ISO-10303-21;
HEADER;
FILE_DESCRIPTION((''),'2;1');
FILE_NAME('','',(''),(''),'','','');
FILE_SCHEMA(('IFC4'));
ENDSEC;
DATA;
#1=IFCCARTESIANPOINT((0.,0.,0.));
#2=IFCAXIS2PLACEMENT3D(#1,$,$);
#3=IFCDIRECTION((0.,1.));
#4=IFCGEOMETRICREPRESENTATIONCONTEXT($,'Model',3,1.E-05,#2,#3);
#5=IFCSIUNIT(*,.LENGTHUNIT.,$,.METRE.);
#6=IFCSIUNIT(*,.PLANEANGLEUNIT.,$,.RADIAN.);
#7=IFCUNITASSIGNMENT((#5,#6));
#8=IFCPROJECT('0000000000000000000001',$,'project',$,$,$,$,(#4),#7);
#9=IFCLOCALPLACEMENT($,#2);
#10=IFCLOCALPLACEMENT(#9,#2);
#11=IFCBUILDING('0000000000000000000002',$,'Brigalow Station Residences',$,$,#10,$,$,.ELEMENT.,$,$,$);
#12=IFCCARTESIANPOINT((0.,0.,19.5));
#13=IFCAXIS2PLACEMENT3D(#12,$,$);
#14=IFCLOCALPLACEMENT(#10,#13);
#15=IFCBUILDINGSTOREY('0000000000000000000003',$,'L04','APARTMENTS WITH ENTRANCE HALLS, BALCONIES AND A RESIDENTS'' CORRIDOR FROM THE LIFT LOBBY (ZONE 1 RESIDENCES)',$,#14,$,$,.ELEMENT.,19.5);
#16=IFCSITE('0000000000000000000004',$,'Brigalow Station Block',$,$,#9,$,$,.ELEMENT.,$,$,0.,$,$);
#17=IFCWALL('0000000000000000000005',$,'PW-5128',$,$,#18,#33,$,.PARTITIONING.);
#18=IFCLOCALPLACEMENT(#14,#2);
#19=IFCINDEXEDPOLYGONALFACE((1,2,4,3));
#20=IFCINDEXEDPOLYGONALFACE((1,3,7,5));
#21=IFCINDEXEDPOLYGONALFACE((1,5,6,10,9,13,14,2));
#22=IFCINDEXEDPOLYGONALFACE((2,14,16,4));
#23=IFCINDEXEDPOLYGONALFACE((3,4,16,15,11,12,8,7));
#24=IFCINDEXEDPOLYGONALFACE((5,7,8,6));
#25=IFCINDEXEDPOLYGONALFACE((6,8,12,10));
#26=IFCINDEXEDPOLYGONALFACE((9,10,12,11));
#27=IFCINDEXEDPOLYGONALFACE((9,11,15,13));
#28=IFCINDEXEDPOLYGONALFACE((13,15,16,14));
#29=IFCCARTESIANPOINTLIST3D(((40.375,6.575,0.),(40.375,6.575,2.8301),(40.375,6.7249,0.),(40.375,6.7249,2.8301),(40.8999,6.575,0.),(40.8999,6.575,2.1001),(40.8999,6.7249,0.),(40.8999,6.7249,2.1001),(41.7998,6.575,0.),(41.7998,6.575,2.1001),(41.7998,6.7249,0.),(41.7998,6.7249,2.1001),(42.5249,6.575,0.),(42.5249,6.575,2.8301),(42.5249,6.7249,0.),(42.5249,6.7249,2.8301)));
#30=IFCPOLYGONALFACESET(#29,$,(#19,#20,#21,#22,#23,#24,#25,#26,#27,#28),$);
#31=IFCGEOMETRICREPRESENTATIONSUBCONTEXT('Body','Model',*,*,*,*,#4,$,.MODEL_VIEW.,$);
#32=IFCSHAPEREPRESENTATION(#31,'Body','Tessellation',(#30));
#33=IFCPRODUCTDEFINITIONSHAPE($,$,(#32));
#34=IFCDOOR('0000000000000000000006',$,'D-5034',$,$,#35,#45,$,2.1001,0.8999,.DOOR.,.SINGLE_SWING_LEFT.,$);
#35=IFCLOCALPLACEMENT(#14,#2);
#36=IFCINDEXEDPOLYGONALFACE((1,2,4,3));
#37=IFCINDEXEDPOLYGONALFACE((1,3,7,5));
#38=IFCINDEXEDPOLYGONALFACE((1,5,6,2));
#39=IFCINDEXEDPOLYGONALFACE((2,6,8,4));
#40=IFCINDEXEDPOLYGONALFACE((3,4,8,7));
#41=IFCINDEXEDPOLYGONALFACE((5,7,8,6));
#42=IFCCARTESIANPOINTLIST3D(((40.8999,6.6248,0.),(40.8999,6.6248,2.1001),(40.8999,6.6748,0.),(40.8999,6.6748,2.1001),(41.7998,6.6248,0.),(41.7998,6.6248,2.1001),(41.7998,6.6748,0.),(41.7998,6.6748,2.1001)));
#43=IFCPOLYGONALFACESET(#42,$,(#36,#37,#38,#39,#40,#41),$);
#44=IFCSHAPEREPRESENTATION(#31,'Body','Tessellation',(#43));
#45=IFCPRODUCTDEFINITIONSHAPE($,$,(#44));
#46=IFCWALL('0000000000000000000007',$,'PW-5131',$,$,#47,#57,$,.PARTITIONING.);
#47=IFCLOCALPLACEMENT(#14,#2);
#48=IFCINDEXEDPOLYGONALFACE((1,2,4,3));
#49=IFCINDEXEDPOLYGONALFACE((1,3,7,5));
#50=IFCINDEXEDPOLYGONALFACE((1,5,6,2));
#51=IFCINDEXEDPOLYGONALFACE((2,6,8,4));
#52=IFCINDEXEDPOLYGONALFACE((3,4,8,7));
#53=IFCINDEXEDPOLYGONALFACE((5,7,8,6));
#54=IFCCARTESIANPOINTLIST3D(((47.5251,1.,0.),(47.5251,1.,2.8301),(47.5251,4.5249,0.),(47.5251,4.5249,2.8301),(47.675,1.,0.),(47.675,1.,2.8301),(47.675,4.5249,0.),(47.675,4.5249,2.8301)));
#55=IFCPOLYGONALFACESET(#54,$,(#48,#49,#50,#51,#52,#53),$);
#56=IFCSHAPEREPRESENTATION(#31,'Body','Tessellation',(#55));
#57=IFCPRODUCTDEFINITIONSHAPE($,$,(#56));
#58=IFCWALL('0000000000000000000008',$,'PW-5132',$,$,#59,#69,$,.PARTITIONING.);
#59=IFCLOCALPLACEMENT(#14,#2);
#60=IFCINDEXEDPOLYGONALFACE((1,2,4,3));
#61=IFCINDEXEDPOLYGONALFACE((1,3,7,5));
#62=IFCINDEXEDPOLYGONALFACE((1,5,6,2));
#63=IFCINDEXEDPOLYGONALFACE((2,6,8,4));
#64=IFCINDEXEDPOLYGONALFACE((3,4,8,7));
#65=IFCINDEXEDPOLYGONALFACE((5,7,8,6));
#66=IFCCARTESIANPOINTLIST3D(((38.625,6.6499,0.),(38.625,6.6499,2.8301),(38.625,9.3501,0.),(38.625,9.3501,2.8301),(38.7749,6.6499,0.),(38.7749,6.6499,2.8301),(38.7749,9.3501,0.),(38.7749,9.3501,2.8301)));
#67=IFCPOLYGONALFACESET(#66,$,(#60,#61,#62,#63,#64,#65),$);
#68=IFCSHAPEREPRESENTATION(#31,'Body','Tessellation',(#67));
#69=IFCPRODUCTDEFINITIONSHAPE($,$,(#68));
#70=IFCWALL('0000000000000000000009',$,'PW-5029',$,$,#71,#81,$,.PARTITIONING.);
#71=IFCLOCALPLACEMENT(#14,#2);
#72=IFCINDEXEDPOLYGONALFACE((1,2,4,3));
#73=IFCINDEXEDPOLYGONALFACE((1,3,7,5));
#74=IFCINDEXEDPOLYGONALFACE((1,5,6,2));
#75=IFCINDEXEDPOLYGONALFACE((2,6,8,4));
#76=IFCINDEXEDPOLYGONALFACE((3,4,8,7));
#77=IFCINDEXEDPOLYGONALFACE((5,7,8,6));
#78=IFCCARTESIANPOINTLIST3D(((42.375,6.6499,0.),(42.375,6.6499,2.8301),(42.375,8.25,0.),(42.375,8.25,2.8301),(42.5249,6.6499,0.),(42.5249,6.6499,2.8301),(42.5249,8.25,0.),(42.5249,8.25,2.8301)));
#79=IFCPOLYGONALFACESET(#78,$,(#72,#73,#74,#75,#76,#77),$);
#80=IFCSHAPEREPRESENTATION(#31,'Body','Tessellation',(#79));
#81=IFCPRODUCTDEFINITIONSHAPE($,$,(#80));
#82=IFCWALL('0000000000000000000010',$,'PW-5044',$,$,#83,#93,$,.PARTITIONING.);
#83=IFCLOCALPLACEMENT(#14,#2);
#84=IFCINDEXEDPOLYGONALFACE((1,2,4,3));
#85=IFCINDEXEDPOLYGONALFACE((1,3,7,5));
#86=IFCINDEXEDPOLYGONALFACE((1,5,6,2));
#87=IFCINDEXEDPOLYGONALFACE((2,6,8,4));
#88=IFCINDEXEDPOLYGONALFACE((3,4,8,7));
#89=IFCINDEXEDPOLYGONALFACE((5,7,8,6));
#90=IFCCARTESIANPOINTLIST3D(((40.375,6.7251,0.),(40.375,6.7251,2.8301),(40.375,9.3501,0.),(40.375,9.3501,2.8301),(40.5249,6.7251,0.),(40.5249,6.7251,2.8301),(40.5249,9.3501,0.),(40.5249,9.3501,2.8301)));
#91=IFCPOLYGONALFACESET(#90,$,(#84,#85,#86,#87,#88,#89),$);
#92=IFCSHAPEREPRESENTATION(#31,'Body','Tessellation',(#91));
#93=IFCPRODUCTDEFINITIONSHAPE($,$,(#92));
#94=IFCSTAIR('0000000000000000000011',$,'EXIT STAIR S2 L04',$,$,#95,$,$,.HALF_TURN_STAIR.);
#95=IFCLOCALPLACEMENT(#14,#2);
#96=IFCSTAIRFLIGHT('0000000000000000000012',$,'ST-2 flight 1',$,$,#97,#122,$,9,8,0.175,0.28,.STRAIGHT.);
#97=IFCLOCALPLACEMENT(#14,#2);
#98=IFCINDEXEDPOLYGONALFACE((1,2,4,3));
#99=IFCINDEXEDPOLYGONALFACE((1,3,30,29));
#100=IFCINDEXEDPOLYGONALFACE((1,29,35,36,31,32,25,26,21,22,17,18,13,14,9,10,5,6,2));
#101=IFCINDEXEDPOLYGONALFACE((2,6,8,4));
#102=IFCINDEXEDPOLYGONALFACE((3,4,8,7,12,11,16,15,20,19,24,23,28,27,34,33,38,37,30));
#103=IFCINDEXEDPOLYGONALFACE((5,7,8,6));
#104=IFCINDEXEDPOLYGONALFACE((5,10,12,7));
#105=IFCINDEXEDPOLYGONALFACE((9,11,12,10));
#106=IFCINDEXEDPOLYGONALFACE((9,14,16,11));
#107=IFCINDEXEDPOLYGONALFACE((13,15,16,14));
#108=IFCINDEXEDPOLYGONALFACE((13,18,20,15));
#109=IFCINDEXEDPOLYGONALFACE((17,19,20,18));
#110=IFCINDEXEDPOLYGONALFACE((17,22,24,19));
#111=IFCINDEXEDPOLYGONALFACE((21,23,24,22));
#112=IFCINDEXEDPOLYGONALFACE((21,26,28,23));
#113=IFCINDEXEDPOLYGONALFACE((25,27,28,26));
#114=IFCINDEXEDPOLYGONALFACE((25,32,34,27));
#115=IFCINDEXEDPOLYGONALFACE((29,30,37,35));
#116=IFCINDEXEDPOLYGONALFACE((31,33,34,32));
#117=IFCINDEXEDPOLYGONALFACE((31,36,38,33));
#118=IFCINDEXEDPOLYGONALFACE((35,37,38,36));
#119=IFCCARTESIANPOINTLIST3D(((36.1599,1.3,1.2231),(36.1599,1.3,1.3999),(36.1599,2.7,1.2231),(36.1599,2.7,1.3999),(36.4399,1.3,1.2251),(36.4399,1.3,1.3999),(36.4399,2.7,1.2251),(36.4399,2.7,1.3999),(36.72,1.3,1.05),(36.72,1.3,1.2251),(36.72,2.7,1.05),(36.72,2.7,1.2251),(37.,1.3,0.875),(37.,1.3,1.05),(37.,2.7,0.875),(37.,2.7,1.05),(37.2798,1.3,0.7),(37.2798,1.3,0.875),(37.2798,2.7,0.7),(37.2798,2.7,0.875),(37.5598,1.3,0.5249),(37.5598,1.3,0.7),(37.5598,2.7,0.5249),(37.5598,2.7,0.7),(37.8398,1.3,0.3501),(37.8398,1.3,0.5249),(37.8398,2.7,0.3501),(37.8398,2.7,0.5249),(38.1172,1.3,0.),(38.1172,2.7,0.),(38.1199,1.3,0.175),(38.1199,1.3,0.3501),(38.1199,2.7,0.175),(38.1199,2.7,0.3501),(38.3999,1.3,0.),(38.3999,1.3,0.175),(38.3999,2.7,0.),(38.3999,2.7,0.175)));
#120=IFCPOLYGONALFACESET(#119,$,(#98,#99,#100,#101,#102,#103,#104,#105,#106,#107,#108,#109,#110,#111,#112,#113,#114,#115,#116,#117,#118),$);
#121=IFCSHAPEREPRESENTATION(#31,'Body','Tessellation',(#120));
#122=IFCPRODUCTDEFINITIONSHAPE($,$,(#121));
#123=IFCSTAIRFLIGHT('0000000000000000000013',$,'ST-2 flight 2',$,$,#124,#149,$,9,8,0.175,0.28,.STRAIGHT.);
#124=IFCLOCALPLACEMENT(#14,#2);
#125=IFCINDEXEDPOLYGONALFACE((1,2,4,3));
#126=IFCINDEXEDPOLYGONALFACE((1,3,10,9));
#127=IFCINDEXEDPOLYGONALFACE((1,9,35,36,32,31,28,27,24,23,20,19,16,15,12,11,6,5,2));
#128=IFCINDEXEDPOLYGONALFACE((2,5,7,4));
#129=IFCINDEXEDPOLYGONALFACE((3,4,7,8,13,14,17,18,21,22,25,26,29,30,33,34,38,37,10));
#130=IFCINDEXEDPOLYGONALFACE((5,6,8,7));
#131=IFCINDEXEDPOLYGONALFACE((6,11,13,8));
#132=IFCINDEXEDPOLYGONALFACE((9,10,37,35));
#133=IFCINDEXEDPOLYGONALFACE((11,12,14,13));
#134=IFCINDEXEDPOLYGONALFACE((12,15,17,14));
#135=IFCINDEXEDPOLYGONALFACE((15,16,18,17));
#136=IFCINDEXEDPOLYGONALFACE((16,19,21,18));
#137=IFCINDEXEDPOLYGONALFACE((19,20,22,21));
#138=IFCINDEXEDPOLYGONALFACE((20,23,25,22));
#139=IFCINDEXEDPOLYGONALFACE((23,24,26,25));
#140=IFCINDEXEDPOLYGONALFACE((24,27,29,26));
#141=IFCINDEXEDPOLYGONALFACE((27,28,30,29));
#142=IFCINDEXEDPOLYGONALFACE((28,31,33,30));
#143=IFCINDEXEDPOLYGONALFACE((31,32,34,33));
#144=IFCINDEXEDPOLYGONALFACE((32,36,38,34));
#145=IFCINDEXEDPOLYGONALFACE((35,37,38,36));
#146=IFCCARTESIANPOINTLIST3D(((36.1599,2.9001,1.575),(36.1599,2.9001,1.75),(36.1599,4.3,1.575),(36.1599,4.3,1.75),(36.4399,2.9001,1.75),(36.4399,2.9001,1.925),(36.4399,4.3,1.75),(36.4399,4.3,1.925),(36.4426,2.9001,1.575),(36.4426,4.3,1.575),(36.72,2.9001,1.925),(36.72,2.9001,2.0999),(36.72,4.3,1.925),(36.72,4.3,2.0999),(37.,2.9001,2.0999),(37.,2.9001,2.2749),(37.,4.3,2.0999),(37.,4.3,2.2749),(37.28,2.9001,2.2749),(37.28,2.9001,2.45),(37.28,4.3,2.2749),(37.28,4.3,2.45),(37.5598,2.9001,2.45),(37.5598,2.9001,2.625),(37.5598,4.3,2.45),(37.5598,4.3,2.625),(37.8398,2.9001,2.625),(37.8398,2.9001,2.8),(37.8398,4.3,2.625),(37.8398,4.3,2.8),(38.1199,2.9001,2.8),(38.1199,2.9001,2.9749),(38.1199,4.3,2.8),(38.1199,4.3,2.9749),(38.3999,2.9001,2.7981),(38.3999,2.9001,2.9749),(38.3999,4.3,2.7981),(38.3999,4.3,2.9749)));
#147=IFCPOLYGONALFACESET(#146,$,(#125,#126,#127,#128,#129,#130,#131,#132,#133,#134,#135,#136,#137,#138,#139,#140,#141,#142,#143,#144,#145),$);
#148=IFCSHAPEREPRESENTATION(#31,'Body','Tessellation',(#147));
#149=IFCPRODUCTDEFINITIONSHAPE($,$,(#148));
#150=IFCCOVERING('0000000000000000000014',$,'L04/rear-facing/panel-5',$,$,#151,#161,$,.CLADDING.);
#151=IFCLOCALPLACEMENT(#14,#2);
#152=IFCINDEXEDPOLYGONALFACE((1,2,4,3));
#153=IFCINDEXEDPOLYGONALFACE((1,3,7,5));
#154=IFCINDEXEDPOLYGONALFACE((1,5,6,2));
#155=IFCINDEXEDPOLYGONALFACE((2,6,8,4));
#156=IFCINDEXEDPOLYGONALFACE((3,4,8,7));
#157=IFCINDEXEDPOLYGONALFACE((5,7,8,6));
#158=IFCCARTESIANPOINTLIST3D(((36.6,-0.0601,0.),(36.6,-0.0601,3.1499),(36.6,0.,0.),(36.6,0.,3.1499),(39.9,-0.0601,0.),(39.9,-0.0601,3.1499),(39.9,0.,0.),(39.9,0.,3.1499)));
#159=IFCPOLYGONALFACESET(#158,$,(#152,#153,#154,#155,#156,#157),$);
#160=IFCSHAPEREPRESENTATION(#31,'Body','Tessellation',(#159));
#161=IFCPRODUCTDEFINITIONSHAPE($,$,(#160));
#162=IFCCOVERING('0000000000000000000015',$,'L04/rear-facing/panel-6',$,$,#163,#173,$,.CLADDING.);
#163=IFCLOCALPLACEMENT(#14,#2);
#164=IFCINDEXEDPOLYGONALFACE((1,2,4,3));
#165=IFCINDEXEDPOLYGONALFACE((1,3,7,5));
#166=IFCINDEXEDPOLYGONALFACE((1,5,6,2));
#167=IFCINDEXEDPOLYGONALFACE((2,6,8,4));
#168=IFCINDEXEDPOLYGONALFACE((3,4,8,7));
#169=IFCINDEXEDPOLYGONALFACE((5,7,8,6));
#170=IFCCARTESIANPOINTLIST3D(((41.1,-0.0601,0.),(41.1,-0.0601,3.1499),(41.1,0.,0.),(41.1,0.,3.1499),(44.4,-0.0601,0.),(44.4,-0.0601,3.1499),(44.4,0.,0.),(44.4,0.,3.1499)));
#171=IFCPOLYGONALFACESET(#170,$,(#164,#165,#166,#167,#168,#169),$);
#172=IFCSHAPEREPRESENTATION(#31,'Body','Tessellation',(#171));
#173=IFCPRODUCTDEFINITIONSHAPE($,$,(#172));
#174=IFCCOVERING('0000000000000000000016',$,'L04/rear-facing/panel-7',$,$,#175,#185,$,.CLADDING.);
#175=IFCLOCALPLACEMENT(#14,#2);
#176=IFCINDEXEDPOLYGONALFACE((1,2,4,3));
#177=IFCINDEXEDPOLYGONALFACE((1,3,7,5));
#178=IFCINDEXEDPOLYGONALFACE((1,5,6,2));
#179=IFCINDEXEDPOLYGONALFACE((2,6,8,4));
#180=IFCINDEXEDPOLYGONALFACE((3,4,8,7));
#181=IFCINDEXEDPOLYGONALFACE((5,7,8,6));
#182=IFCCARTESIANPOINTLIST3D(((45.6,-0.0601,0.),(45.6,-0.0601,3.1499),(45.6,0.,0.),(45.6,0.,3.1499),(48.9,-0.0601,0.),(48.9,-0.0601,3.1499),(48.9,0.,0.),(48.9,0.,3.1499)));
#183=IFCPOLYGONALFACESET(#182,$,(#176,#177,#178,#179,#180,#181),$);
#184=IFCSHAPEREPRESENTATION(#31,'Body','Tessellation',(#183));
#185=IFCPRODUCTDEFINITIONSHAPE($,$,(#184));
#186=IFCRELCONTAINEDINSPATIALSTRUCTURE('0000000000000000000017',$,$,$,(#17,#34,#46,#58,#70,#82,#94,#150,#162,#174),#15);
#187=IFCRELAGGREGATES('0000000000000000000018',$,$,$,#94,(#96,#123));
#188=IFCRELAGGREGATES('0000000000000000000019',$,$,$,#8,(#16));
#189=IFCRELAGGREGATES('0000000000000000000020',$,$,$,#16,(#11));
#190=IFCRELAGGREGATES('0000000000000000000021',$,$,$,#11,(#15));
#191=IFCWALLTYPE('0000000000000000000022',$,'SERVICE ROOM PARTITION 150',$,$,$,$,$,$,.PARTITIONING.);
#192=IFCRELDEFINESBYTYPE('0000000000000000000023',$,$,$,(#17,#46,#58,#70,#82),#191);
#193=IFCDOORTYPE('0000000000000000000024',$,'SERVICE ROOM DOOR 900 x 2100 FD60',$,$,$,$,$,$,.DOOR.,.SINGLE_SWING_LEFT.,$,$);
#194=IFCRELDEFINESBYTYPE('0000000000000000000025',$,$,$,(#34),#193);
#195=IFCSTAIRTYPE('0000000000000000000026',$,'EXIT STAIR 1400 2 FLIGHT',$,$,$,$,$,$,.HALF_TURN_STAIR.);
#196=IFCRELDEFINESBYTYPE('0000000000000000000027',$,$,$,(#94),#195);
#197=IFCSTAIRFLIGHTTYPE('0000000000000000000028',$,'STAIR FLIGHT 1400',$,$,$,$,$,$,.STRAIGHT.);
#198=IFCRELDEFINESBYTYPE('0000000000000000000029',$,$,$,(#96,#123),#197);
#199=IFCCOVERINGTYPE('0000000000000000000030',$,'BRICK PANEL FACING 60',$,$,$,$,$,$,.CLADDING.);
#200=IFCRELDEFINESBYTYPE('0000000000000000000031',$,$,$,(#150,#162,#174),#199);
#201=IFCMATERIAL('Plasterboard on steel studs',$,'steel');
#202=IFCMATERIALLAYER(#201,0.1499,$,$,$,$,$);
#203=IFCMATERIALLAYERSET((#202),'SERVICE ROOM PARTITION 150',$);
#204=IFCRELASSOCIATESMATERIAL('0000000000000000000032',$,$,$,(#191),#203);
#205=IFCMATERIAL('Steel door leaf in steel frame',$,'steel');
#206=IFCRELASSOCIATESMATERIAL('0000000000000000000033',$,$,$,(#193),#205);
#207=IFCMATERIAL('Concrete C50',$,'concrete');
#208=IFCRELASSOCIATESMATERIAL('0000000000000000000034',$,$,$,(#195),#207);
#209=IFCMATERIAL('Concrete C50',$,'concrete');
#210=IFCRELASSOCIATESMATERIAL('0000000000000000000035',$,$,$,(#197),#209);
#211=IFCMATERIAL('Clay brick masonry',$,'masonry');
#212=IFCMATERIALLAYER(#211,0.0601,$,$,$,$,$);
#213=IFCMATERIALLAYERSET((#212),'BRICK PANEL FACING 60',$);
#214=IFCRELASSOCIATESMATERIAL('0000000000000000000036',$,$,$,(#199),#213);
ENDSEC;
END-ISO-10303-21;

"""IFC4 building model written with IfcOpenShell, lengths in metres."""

from ifc_helpers import new_model, si_unit, direction, frame, frame_2d, origin, origin_2d, place, context, subcontext, project, spatial, polyline, rectangle, outline, extrude, material, layer, layer_set, type_object, element, fill, aggregate, save


model = new_model("IFC4")

# Units and contexts
model_context = context("Model", 3, precision=1e-05, world=origin(), true_north=direction((0.0, 1.0)))
body_context = subcontext(model_context, "Body", "Model", "MODEL_VIEW")
ifc_project = project(units=[si_unit("LENGTHUNIT", "METRE"), si_unit("PLANEANGLEUNIT", "RADIAN")], contexts=[model_context])

# Site, building, storey
site_placement = place(None, origin())
site = spatial("IfcSite", under=ifc_project, at=site_placement, Name="Brigalow Station Block", CompositionType="ELEMENT", RefElevation=0.0)
building_placement = place(site_placement, origin())
building = spatial("IfcBuilding", under=site, at=building_placement, Name="Brigalow Station Residences", CompositionType="ELEMENT")
storey_placement = place(building_placement, frame((0.0, 0.0, 19.5)))
storey = spatial("IfcBuildingStorey", under=building, at=storey_placement, Name="L04", Description="APARTMENTS WITH ENTRANCE HALLS, BALCONIES AND A RESIDENTS' CORRIDOR FROM THE LIFT LOBBY (ZONE 1 RESIDENCES)", CompositionType="ELEMENT", Elevation=19.5)

# Shared definitions
ifc_material_1 = material(Name="Plasterboard on steel studs", Category="steel")
ifc_layer_1 = layer(ifc_material_1, 0.1499)
ifc_layer_set_1 = layer_set([ifc_layer_1], Name="SERVICE ROOM PARTITION 150")
wall_type_1 = type_object("IfcWallType", Name="SERVICE ROOM PARTITION 150", PredefinedType="PARTITIONING", material=ifc_layer_set_1)
ifc_material_2 = material(Name="Steel door leaf in steel frame", Category="steel")
door_type_1 = type_object("IfcDoorType", Name="SERVICE ROOM DOOR 900 x 2100 FD60", OperationType="SINGLE_SWING_LEFT", PredefinedType="DOOR", material=ifc_material_2)

# Wall, opening, door
wall_1_placement = place(storey_placement, frame((40.375, 6.6499, 0.0), z_axis=(0.0, 0.0, 1.0), x_axis=(1.0, 0.0, 0.0)))
wall_1 = element("IfcWall", 1, at=wall_1_placement, inside=storey, type_object=wall_type_1, Name="PW-5128", PredefinedType="PARTITIONING", context=body_context, shape_type="SweptSolid", body=[
    extrude(rectangle(XDim=2.1499, YDim=0.1499, at=frame_2d((1.075, 0.0))), origin(), (0.0, 0.0, 1.0), 2.8301),
])
opening_1_placement = place(wall_1_placement, frame((0.5249, 0.0, 0.0)))
opening_1 = element("IfcOpeningElement", 2, at=opening_1_placement, cuts=wall_1, PredefinedType="OPENING", context=body_context, shape_type="SweptSolid", body=[
    extrude(rectangle(XDim=0.8999, YDim=2.1001, at=frame_2d((0.45, 1.05))), frame((0.0, 0.085, 0.0), z_axis=(0.0, -1.0, 0.0), x_axis=(1.0, 0.0, 0.0)), (0.0, 0.0, 1.0), 0.1699),
])
door_1_placement = place(opening_1_placement, origin())
door_1 = element("IfcDoor", 3, at=door_1_placement, inside=storey, type_object=door_type_1, Name="D-5034", OperationType="SINGLE_SWING_LEFT", OverallHeight=2.1001, OverallWidth=0.8999, PredefinedType="DOOR", context=body_context, shape_type="SweptSolid", body=[
    extrude(rectangle(XDim=0.8999, YDim=2.1001, at=frame_2d((0.45, 1.05))), frame((0.0, 0.0249, 0.0), z_axis=(0.0, -1.0, 0.0), x_axis=(1.0, 0.0, 0.0)), (0.0, 0.0, 1.0), 0.05),
])
fill(opening_1, door_1)

# Walls
wall_2_placement = place(storey_placement, frame((47.6001, 1.0, 0.0), z_axis=(0.0, 0.0, 1.0), x_axis=(0.0, 1.0, 0.0)))
element("IfcWall", 4, at=wall_2_placement, inside=storey, type_object=wall_type_1, Name="PW-5131", PredefinedType="PARTITIONING", context=body_context, shape_type="SweptSolid", body=[
    extrude(rectangle(XDim=3.5249, YDim=0.1499, at=frame_2d((1.7625, 0.0))), origin(), (0.0, 0.0, 1.0), 2.8301),
])
wall_3_placement = place(storey_placement, frame((38.7, 6.6499, 0.0), z_axis=(0.0, 0.0, 1.0), x_axis=(0.0, 1.0, 0.0)))
element("IfcWall", 5, at=wall_3_placement, inside=storey, type_object=wall_type_1, Name="PW-5132", PredefinedType="PARTITIONING", context=body_context, shape_type="SweptSolid", body=[
    extrude(rectangle(XDim=2.7002, YDim=0.1499, at=frame_2d((1.3501, 0.0))), origin(), (0.0, 0.0, 1.0), 2.8301),
])
wall_4_placement = place(storey_placement, frame((42.45, 6.6499, 0.0), z_axis=(0.0, 0.0, 1.0), x_axis=(0.0, 1.0, 0.0)))
element("IfcWall", 6, at=wall_4_placement, inside=storey, type_object=wall_type_1, Name="PW-5029", PredefinedType="PARTITIONING", context=body_context, shape_type="SweptSolid", body=[
    extrude(rectangle(XDim=1.6001, YDim=0.1499, at=frame_2d((0.8, 0.0))), origin(), (0.0, 0.0, 1.0), 2.8301),
])
wall_5_placement = place(storey_placement, frame((40.45, 6.7251, 0.0), z_axis=(0.0, 0.0, 1.0), x_axis=(0.0, 1.0, 0.0)))
element("IfcWall", 7, at=wall_5_placement, inside=storey, type_object=wall_type_1, Name="PW-5044", PredefinedType="PARTITIONING", context=body_context, shape_type="SweptSolid", body=[
    extrude(rectangle(XDim=2.625, YDim=0.1499, at=frame_2d((1.3125, 0.0))), origin(), (0.0, 0.0, 1.0), 2.8301),
])

# Stair, stair flights
ifc_material_3 = material(Name="Concrete C50", Category="concrete")
stair_type = type_object("IfcStairType", Name="EXIT STAIR 1400 2 FLIGHT", PredefinedType="HALF_TURN_STAIR", material=ifc_material_3)
stair_placement = place(storey_placement, origin())
stair = element("IfcStair", 8, at=stair_placement, inside=storey, type_object=stair_type, Name="EXIT STAIR S2 L04", PredefinedType="HALF_TURN_STAIR")
ifc_material_4 = material(Name="Concrete C50", Category="concrete")
stair_flight_type = type_object("IfcStairFlightType", Name="STAIR FLIGHT 1400", PredefinedType="STRAIGHT", material=ifc_material_4)
stair_flight_1_placement = place(storey_placement, frame((38.3999, 2.0, 0.0), z_axis=(0.0, 0.0, 1.0), x_axis=(-1.0, 0.0, 0.0)))
stair_flight_1 = element("IfcStairFlight", 9, at=stair_flight_1_placement, type_object=stair_flight_type, Name="ST-2 flight 1", NumberOfRisers=9, NumberOfTreads=8, PredefinedType="STRAIGHT", RiserHeight=0.175, TreadLength=0.28, context=body_context, shape_type="SweptSolid", body=[
    extrude(outline(polyline([(0.0, 0.0), (0.0, 0.175), (0.28, 0.175), (0.28, 0.3501), (0.5601, 0.3501), (0.5601, 0.5249), (0.8401, 0.5249), (0.8401, 0.7), (1.1201, 0.7), (1.1201, 0.875), (1.3999, 0.875), (1.3999, 1.05), (1.6799, 1.05), (1.6799, 1.2251), (1.96, 1.2251), (1.96, 1.3999), (2.24, 1.3999), (2.24, 1.575), (2.24, 1.2231), (0.2827, 0.0), (0.0, 0.0)])), frame((0.0, 0.7, 0.0), z_axis=(0.0, -1.0, 0.0), x_axis=(1.0, 0.0, 0.0)), (0.0, 0.0, 1.0), 1.3999),
])
stair_flight_2_placement = place(storey_placement, frame((36.1599, 3.6001, 1.575), z_axis=(0.0, 0.0, 1.0), x_axis=(1.0, 0.0, 0.0)))
stair_flight_2 = element("IfcStairFlight", 10, at=stair_flight_2_placement, type_object=stair_flight_type, Name="ST-2 flight 2", NumberOfRisers=9, NumberOfTreads=8, PredefinedType="STRAIGHT", RiserHeight=0.175, TreadLength=0.28, context=body_context, shape_type="SweptSolid", body=[
    extrude(outline(polyline([(0.0, 0.0), (0.0, 0.175), (0.28, 0.175), (0.28, 0.3501), (0.5601, 0.3501), (0.5601, 0.5249), (0.8401, 0.5249), (0.8401, 0.7), (1.1201, 0.7), (1.1201, 0.875), (1.3999, 0.875), (1.3999, 1.05), (1.6799, 1.05), (1.6799, 1.2251), (1.96, 1.2251), (1.96, 1.3999), (2.24, 1.3999), (2.24, 1.575), (2.24, 1.2231), (0.2827, 0.0), (0.0, 0.0)])), frame((0.0, 0.7, 0.0), z_axis=(0.0, -1.0, 0.0), x_axis=(1.0, 0.0, 0.0)), (0.0, 0.0, 1.0), 1.3999),
])
aggregate(stair, [stair_flight_1, stair_flight_2])

# Coverings
ifc_material_5 = material(Name="Clay brick masonry", Category="masonry")
ifc_layer_2 = layer(ifc_material_5, 0.0601)
ifc_layer_set_2 = layer_set([ifc_layer_2], Name="BRICK PANEL FACING 60")
covering_type_1 = type_object("IfcCoveringType", Name="BRICK PANEL FACING 60", PredefinedType="CLADDING", material=ifc_layer_set_2)
for number, where, z_axis, x_axis, name in (
    (11, (38.25, -0.03, 0.0), (0.0, 0.0, 1.0), (1.0, 0.0, 0.0), "L04/rear-facing/panel-5"),
    (12, (42.75, -0.03, 0.0), (0.0, 0.0, 1.0), (1.0, 0.0, 0.0), "L04/rear-facing/panel-6"),
    (13, (47.25, -0.03, 0.0), (0.0, 0.0, 1.0), (1.0, 0.0, 0.0), "L04/rear-facing/panel-7"),
):
    element("IfcCovering", number, at=place(storey_placement, frame(where, z_axis=z_axis, x_axis=x_axis)), inside=storey, type_object=covering_type_1, Name=name, PredefinedType="CLADDING", context=body_context, shape_type="SweptSolid", body=[
        extrude(rectangle(XDim=3.3, YDim=0.0601, at=origin_2d()), origin(), (0.0, 0.0, 1.0), 3.1499),
    ])

save(model, "model.ifc")
